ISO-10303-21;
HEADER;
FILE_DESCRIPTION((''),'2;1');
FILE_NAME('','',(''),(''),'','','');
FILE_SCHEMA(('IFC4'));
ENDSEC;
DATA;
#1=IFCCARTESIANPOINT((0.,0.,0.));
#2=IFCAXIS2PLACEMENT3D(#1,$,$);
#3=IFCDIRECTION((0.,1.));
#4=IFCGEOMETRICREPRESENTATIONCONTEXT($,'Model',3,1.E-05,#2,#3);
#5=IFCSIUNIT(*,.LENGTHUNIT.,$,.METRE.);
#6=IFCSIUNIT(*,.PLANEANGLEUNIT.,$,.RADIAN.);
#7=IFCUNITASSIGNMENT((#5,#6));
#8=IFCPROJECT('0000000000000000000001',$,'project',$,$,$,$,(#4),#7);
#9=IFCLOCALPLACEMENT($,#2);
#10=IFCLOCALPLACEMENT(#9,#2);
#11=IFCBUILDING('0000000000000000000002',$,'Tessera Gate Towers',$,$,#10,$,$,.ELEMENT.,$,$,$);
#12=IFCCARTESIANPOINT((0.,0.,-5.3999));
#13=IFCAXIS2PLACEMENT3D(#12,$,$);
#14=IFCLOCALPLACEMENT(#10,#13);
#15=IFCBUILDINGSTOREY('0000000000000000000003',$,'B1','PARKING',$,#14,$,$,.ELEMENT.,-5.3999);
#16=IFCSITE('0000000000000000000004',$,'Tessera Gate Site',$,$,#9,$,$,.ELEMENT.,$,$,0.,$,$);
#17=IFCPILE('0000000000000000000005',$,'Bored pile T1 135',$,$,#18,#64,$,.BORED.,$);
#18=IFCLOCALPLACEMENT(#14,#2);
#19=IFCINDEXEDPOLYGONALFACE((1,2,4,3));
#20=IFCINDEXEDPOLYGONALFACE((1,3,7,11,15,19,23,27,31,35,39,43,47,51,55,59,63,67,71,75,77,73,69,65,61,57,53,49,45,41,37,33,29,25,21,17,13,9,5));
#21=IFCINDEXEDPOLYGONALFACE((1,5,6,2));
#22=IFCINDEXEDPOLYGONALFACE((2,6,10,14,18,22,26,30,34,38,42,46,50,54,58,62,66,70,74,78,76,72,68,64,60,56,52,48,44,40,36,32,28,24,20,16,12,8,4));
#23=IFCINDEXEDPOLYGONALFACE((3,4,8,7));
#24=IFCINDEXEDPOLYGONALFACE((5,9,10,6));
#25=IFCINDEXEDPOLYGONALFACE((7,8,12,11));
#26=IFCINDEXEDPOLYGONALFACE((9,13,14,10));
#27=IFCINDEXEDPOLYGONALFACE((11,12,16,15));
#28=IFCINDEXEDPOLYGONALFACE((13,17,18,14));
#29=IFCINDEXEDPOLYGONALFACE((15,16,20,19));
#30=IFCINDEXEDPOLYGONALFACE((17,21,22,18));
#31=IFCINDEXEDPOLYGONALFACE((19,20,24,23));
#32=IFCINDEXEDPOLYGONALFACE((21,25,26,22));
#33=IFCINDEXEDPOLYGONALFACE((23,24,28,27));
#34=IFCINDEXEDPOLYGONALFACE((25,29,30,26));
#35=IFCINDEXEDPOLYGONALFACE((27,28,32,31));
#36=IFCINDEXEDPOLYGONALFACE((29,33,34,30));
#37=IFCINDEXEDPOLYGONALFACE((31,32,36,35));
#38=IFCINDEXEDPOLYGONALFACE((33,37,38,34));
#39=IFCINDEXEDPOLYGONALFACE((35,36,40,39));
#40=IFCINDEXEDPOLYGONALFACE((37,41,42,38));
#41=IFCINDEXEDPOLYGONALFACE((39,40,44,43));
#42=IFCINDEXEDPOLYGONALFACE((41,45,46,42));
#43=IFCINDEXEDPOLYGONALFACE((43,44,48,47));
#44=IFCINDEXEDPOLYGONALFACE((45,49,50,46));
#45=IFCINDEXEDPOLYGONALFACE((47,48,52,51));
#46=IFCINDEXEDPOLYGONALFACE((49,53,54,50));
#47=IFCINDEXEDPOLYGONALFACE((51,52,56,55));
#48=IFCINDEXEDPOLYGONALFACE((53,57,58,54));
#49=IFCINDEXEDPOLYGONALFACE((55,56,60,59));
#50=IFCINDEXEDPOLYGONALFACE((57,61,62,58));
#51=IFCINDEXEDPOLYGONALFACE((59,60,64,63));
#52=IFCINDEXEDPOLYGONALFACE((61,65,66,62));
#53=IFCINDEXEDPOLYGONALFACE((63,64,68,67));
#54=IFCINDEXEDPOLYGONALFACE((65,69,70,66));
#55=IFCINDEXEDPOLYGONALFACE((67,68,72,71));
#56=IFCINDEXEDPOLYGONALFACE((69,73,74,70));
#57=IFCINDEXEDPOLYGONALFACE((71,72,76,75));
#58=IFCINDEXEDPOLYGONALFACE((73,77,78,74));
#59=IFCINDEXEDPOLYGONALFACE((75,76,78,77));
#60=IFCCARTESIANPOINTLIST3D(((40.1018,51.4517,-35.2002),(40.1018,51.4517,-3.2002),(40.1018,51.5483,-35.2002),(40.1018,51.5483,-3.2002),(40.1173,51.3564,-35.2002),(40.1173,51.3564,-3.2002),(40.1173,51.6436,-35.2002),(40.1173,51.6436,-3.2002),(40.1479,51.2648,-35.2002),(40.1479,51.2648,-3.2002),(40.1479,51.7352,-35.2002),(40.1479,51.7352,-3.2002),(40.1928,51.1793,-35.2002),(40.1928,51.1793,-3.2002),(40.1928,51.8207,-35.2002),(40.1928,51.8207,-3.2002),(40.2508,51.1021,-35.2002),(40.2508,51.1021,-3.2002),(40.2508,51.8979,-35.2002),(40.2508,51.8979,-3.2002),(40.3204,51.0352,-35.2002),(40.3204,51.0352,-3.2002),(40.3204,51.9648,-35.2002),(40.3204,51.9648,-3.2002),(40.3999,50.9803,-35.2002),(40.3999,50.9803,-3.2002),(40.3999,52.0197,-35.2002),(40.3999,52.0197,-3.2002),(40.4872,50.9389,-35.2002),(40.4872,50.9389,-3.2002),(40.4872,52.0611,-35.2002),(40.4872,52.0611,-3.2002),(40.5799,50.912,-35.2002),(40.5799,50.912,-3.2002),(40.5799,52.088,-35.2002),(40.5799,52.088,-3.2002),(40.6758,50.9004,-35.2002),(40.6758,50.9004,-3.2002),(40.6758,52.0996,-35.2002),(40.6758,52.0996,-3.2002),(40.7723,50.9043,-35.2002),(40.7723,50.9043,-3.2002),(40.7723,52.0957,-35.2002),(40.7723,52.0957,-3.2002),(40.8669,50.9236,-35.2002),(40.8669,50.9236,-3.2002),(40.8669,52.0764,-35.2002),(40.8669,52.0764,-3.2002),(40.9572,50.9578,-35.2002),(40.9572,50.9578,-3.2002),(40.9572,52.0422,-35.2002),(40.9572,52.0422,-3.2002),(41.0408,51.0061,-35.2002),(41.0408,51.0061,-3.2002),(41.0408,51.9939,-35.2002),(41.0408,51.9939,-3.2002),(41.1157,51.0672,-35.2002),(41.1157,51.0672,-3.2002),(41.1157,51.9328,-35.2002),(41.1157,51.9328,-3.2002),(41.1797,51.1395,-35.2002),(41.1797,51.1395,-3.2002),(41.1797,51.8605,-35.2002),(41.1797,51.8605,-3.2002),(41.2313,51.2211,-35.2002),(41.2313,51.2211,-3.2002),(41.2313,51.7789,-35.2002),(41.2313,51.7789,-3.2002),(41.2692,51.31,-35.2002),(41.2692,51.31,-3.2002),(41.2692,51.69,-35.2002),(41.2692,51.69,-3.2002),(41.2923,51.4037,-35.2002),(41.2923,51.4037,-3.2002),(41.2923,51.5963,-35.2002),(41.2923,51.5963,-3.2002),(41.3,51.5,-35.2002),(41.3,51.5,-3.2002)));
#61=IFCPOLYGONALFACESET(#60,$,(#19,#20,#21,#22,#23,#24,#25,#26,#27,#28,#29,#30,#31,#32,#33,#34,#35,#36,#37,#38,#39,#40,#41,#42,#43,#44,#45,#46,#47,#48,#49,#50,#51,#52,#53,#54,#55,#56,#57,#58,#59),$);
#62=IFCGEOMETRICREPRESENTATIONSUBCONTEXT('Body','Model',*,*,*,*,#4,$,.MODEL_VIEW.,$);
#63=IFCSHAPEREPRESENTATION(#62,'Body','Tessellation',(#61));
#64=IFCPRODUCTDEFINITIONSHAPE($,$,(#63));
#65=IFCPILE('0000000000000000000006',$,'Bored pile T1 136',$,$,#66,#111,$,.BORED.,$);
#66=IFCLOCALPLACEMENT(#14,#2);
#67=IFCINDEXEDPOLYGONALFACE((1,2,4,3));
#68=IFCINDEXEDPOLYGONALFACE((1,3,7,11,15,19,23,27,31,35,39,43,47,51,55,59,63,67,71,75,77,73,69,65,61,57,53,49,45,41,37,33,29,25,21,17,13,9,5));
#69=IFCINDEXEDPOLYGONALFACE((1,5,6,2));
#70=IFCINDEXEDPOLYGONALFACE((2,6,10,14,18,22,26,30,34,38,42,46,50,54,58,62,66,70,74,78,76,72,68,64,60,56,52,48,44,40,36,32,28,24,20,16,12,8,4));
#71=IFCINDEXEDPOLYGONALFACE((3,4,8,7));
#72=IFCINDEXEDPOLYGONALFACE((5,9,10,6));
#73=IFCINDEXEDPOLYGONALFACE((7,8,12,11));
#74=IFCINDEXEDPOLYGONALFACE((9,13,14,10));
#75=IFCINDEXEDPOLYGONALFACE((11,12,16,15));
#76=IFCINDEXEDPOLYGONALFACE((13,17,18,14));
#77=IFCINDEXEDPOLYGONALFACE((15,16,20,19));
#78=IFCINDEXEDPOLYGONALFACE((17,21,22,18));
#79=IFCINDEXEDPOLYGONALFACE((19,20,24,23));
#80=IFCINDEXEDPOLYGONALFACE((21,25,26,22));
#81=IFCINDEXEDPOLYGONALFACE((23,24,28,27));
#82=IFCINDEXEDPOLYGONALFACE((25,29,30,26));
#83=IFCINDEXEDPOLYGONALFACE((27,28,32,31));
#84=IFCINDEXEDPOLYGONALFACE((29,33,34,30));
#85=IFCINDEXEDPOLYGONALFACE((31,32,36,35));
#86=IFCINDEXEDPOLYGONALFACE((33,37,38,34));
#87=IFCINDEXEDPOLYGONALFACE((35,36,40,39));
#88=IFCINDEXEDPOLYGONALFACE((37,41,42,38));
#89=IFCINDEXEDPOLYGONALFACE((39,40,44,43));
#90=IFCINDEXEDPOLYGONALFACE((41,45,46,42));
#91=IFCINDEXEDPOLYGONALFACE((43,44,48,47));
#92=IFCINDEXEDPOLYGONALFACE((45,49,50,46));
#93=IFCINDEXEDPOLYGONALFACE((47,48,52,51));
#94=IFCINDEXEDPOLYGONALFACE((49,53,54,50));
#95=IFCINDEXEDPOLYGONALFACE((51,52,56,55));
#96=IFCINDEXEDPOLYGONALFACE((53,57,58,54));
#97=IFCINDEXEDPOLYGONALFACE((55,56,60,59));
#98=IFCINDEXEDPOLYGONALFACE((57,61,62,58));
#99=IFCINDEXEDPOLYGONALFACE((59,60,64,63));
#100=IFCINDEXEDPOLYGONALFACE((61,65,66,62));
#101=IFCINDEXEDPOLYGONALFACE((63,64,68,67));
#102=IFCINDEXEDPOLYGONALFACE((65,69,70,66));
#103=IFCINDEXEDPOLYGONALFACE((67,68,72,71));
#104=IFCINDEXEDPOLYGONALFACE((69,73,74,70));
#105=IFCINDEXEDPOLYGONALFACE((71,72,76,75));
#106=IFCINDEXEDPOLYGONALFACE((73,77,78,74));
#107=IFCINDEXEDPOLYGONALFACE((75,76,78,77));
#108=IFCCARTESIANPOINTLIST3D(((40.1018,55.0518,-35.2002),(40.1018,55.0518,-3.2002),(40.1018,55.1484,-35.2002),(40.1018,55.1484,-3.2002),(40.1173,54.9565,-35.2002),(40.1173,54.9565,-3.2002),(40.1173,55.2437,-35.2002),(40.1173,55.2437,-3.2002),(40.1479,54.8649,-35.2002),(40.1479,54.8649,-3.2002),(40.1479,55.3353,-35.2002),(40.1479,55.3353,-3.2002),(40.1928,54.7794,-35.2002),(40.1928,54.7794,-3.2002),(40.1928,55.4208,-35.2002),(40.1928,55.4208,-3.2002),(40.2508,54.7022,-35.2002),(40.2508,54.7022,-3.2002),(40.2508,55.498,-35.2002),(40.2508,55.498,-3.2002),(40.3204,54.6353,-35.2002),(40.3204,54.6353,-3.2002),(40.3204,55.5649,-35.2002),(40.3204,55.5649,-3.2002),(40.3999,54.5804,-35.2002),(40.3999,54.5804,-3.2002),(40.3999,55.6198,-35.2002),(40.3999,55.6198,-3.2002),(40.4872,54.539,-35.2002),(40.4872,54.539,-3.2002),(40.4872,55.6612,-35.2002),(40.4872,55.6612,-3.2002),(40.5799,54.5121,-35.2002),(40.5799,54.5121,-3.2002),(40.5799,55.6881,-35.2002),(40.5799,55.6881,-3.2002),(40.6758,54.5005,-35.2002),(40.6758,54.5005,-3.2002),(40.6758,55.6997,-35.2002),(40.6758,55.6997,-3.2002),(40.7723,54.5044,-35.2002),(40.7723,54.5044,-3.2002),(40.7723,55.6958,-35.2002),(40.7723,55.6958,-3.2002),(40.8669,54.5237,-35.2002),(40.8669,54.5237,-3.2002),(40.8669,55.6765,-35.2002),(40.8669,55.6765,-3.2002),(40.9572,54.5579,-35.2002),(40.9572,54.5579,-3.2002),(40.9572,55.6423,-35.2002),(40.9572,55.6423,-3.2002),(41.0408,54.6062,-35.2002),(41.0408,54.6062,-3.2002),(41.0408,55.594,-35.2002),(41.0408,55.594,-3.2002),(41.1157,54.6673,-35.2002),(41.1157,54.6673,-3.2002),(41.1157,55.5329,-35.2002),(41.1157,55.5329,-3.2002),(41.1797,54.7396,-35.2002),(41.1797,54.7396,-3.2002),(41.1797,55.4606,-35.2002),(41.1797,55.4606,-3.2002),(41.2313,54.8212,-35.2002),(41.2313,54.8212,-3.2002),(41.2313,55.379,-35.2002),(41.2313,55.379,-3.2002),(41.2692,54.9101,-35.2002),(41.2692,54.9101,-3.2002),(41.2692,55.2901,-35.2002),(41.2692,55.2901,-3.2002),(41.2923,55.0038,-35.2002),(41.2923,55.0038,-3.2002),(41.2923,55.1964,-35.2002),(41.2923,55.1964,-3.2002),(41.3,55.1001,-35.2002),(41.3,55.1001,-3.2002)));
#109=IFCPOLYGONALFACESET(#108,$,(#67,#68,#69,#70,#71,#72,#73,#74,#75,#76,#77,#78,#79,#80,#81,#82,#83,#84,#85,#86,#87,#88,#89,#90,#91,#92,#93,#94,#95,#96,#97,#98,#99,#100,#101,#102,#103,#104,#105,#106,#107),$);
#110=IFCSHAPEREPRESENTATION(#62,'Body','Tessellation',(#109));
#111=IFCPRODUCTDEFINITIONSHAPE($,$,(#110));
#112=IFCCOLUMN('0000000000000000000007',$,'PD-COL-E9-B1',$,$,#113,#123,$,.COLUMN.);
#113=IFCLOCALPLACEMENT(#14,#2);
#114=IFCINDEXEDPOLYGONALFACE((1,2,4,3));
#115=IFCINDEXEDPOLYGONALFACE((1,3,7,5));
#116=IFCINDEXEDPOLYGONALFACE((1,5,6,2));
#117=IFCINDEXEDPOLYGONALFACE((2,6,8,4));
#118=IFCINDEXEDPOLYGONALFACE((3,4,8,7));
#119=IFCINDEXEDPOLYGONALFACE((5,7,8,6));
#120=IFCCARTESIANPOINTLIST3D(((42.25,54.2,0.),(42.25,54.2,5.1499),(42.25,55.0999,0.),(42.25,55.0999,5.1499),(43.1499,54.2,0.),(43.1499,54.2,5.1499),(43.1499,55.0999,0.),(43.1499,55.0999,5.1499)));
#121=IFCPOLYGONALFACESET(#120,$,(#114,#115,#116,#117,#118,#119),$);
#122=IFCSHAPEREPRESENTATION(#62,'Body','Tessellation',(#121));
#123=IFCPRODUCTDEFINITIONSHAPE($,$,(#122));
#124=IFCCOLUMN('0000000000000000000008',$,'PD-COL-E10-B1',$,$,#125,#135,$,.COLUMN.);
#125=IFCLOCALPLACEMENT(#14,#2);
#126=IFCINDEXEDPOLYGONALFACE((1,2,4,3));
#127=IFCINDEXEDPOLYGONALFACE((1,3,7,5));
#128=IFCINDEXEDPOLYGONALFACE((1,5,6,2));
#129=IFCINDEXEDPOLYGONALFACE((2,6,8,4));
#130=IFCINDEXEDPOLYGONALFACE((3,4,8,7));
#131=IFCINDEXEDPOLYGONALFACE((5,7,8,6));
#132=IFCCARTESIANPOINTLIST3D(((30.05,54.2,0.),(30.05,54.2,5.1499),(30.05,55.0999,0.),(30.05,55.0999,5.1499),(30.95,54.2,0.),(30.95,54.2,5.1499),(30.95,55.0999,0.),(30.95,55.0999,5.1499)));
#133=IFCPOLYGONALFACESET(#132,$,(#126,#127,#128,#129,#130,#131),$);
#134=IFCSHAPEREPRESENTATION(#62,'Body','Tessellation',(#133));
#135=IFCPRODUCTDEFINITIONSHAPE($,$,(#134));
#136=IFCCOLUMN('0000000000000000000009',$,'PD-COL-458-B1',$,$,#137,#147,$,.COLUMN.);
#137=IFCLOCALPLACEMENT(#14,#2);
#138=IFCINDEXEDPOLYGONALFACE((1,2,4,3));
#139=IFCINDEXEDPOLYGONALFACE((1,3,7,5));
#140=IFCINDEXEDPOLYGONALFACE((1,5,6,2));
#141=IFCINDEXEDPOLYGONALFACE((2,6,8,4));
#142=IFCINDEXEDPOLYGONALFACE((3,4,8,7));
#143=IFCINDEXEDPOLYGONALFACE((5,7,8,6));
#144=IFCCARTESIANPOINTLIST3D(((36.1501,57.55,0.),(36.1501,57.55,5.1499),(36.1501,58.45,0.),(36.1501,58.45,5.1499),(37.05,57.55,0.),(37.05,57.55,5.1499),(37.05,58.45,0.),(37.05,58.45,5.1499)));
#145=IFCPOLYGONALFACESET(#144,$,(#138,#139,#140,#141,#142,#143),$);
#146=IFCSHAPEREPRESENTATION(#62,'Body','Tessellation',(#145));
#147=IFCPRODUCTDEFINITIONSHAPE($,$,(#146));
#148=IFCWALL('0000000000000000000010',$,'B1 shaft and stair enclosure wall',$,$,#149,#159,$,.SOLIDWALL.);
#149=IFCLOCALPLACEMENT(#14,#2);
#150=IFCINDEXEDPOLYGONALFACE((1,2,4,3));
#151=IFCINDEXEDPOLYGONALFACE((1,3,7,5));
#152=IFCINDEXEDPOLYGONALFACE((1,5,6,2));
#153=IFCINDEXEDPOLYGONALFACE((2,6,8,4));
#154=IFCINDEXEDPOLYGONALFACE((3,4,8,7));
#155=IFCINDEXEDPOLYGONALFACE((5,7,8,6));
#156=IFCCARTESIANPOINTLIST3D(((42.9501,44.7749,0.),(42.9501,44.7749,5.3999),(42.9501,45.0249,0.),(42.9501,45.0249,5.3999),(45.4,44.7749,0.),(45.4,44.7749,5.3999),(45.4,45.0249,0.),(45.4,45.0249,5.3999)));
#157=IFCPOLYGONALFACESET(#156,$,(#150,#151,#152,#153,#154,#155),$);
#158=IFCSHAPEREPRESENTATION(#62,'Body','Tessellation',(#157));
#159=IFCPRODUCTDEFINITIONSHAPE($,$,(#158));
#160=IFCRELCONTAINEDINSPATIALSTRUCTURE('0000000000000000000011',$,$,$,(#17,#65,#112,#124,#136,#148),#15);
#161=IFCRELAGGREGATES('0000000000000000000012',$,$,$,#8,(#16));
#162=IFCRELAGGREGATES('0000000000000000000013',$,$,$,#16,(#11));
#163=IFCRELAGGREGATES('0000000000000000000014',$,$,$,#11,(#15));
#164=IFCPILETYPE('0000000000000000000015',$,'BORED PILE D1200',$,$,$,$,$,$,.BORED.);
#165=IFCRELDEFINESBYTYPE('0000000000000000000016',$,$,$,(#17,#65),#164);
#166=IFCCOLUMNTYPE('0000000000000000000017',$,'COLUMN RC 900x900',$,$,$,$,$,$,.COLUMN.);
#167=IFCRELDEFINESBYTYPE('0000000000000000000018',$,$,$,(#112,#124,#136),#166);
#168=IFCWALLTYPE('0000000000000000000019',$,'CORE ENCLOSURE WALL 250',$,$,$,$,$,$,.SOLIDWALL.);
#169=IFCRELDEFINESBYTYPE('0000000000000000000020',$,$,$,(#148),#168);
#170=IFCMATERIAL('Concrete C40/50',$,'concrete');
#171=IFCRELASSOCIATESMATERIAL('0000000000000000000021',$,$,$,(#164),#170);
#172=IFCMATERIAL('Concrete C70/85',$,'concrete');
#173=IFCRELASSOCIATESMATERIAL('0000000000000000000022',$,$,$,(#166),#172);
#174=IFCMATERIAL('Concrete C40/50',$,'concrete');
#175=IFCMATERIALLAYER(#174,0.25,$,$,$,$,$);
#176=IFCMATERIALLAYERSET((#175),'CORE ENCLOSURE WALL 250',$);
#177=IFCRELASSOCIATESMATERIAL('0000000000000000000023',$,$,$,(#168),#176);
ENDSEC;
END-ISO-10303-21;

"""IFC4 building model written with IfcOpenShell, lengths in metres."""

from ifc_helpers import new_model, si_unit, direction, frame, frame_2d, origin, origin_2d, place, context, subcontext, project, spatial, rectangle, circle, extrude, material, layer, layer_set, material_profile, profile_set, type_object, element, save


model = new_model("IFC4")

# Units and contexts
model_context = context("Model", 3, precision=1e-05, world=origin(), true_north=direction((0.0, 1.0)))
body_context = subcontext(model_context, "Body", "Model", "MODEL_VIEW")
ifc_project = project(units=[si_unit("LENGTHUNIT", "METRE"), si_unit("PLANEANGLEUNIT", "RADIAN")], contexts=[model_context])

# Site, building, storey
site_placement = place(None, origin())
site = spatial("IfcSite", under=ifc_project, at=site_placement, Name="Tessera Gate Site", CompositionType="ELEMENT", RefElevation=0.0)
building_placement = place(site_placement, origin())
building = spatial("IfcBuilding", under=site, at=building_placement, Name="Tessera Gate Towers", CompositionType="ELEMENT")
storey_placement = place(building_placement, frame((0.0, 0.0, -5.3999)))
storey = spatial("IfcBuildingStorey", under=building, at=storey_placement, Name="B1", Description="PARKING", CompositionType="ELEMENT", Elevation=-5.3999)

# Piles
ifc_material_1 = material(Name="Concrete C40/50", Category="concrete")
ifc_material_profile_1 = material_profile(ifc_material_1, circle(Radius=0.6001, at=origin_2d()), Name="BORED PILE D1200")
ifc_profile_set_1 = profile_set([ifc_material_profile_1], Name="Concrete C40/50")
pile_type = type_object("IfcPileType", Name="BORED PILE D1200", PredefinedType="BORED", material=ifc_profile_set_1)
for number, where, z_axis, x_axis, name in (
    (1, (40.7, 51.5, -3.2002), (0.0, 0.0, -1.0), (1.0, 0.0, 0.0), "Bored pile T1 135"),
    (2, (40.7, 55.1001, -3.2002), (0.0, 0.0, -1.0), (1.0, 0.0, 0.0), "Bored pile T1 136"),
):
    element("IfcPile", number, at=place(storey_placement, frame(where, z_axis=z_axis, x_axis=x_axis)), inside=storey, type_object=pile_type, Name=name, PredefinedType="BORED", context=body_context, shape_type="SweptSolid", body=[
        extrude(circle(Radius=0.6001, at=origin_2d()), origin(), (0.0, 0.0, 1.0), 32.0),
    ])

# Columns
ifc_material_2 = material(Name="Concrete C70/85", Category="concrete")
ifc_material_profile_2 = material_profile(ifc_material_2, rectangle(XDim=0.8999, YDim=0.8999, at=origin_2d()), Name="RC 900x900")
ifc_profile_set_2 = profile_set([ifc_material_profile_2], Name="Concrete C70/85")
column_type = type_object("IfcColumnType", Name="COLUMN RC 900x900", PredefinedType="COLUMN", material=ifc_profile_set_2)
for number, where, z_axis, x_axis, name in (
    (3, (42.7, 54.6499, 0.0), (0.0, 0.0, 1.0), (1.0, 0.0, 0.0), "PD-COL-E9-B1"),
    (4, (30.5, 54.6499, 0.0), (0.0, 0.0, 1.0), (1.0, 0.0, 0.0), "PD-COL-E10-B1"),
    (5, (36.6001, 58.0, 0.0), (0.0, 0.0, 1.0), (1.0, 0.0, 0.0), "PD-COL-458-B1"),
):
    element("IfcColumn", number, at=place(storey_placement, frame(where, z_axis=z_axis, x_axis=x_axis)), inside=storey, type_object=column_type, Name=name, PredefinedType="COLUMN", context=body_context, shape_type="SweptSolid", body=[
        extrude(rectangle(XDim=0.8999, YDim=0.8999, at=origin_2d()), origin(), (0.0, 0.0, 1.0), 5.1499),
    ])

# Wall
ifc_material_3 = material(Name="Concrete C40/50", Category="concrete")
ifc_layer_1 = layer(ifc_material_3, 0.25)
ifc_layer_set_1 = layer_set([ifc_layer_1], Name="CORE ENCLOSURE WALL 250")
wall_type_1 = type_object("IfcWallType", Name="CORE ENCLOSURE WALL 250", PredefinedType="SOLIDWALL", material=ifc_layer_set_1)
wall_1_placement = place(storey_placement, frame((42.95, 44.8999, 0.0), z_axis=(0.0, 0.0, 1.0), x_axis=(1.0, 0.0, 0.0)))
element("IfcWall", 6, at=wall_1_placement, inside=storey, type_object=wall_type_1, Name="B1 shaft and stair enclosure wall", PredefinedType="SOLIDWALL", context=body_context, shape_type="SweptSolid", body=[
    extrude(rectangle(XDim=2.45, YDim=0.25, at=frame_2d((1.2251, 0.0))), origin(), (0.0, 0.0, 1.0), 5.3999),
])

save(model, "model.ifc")
